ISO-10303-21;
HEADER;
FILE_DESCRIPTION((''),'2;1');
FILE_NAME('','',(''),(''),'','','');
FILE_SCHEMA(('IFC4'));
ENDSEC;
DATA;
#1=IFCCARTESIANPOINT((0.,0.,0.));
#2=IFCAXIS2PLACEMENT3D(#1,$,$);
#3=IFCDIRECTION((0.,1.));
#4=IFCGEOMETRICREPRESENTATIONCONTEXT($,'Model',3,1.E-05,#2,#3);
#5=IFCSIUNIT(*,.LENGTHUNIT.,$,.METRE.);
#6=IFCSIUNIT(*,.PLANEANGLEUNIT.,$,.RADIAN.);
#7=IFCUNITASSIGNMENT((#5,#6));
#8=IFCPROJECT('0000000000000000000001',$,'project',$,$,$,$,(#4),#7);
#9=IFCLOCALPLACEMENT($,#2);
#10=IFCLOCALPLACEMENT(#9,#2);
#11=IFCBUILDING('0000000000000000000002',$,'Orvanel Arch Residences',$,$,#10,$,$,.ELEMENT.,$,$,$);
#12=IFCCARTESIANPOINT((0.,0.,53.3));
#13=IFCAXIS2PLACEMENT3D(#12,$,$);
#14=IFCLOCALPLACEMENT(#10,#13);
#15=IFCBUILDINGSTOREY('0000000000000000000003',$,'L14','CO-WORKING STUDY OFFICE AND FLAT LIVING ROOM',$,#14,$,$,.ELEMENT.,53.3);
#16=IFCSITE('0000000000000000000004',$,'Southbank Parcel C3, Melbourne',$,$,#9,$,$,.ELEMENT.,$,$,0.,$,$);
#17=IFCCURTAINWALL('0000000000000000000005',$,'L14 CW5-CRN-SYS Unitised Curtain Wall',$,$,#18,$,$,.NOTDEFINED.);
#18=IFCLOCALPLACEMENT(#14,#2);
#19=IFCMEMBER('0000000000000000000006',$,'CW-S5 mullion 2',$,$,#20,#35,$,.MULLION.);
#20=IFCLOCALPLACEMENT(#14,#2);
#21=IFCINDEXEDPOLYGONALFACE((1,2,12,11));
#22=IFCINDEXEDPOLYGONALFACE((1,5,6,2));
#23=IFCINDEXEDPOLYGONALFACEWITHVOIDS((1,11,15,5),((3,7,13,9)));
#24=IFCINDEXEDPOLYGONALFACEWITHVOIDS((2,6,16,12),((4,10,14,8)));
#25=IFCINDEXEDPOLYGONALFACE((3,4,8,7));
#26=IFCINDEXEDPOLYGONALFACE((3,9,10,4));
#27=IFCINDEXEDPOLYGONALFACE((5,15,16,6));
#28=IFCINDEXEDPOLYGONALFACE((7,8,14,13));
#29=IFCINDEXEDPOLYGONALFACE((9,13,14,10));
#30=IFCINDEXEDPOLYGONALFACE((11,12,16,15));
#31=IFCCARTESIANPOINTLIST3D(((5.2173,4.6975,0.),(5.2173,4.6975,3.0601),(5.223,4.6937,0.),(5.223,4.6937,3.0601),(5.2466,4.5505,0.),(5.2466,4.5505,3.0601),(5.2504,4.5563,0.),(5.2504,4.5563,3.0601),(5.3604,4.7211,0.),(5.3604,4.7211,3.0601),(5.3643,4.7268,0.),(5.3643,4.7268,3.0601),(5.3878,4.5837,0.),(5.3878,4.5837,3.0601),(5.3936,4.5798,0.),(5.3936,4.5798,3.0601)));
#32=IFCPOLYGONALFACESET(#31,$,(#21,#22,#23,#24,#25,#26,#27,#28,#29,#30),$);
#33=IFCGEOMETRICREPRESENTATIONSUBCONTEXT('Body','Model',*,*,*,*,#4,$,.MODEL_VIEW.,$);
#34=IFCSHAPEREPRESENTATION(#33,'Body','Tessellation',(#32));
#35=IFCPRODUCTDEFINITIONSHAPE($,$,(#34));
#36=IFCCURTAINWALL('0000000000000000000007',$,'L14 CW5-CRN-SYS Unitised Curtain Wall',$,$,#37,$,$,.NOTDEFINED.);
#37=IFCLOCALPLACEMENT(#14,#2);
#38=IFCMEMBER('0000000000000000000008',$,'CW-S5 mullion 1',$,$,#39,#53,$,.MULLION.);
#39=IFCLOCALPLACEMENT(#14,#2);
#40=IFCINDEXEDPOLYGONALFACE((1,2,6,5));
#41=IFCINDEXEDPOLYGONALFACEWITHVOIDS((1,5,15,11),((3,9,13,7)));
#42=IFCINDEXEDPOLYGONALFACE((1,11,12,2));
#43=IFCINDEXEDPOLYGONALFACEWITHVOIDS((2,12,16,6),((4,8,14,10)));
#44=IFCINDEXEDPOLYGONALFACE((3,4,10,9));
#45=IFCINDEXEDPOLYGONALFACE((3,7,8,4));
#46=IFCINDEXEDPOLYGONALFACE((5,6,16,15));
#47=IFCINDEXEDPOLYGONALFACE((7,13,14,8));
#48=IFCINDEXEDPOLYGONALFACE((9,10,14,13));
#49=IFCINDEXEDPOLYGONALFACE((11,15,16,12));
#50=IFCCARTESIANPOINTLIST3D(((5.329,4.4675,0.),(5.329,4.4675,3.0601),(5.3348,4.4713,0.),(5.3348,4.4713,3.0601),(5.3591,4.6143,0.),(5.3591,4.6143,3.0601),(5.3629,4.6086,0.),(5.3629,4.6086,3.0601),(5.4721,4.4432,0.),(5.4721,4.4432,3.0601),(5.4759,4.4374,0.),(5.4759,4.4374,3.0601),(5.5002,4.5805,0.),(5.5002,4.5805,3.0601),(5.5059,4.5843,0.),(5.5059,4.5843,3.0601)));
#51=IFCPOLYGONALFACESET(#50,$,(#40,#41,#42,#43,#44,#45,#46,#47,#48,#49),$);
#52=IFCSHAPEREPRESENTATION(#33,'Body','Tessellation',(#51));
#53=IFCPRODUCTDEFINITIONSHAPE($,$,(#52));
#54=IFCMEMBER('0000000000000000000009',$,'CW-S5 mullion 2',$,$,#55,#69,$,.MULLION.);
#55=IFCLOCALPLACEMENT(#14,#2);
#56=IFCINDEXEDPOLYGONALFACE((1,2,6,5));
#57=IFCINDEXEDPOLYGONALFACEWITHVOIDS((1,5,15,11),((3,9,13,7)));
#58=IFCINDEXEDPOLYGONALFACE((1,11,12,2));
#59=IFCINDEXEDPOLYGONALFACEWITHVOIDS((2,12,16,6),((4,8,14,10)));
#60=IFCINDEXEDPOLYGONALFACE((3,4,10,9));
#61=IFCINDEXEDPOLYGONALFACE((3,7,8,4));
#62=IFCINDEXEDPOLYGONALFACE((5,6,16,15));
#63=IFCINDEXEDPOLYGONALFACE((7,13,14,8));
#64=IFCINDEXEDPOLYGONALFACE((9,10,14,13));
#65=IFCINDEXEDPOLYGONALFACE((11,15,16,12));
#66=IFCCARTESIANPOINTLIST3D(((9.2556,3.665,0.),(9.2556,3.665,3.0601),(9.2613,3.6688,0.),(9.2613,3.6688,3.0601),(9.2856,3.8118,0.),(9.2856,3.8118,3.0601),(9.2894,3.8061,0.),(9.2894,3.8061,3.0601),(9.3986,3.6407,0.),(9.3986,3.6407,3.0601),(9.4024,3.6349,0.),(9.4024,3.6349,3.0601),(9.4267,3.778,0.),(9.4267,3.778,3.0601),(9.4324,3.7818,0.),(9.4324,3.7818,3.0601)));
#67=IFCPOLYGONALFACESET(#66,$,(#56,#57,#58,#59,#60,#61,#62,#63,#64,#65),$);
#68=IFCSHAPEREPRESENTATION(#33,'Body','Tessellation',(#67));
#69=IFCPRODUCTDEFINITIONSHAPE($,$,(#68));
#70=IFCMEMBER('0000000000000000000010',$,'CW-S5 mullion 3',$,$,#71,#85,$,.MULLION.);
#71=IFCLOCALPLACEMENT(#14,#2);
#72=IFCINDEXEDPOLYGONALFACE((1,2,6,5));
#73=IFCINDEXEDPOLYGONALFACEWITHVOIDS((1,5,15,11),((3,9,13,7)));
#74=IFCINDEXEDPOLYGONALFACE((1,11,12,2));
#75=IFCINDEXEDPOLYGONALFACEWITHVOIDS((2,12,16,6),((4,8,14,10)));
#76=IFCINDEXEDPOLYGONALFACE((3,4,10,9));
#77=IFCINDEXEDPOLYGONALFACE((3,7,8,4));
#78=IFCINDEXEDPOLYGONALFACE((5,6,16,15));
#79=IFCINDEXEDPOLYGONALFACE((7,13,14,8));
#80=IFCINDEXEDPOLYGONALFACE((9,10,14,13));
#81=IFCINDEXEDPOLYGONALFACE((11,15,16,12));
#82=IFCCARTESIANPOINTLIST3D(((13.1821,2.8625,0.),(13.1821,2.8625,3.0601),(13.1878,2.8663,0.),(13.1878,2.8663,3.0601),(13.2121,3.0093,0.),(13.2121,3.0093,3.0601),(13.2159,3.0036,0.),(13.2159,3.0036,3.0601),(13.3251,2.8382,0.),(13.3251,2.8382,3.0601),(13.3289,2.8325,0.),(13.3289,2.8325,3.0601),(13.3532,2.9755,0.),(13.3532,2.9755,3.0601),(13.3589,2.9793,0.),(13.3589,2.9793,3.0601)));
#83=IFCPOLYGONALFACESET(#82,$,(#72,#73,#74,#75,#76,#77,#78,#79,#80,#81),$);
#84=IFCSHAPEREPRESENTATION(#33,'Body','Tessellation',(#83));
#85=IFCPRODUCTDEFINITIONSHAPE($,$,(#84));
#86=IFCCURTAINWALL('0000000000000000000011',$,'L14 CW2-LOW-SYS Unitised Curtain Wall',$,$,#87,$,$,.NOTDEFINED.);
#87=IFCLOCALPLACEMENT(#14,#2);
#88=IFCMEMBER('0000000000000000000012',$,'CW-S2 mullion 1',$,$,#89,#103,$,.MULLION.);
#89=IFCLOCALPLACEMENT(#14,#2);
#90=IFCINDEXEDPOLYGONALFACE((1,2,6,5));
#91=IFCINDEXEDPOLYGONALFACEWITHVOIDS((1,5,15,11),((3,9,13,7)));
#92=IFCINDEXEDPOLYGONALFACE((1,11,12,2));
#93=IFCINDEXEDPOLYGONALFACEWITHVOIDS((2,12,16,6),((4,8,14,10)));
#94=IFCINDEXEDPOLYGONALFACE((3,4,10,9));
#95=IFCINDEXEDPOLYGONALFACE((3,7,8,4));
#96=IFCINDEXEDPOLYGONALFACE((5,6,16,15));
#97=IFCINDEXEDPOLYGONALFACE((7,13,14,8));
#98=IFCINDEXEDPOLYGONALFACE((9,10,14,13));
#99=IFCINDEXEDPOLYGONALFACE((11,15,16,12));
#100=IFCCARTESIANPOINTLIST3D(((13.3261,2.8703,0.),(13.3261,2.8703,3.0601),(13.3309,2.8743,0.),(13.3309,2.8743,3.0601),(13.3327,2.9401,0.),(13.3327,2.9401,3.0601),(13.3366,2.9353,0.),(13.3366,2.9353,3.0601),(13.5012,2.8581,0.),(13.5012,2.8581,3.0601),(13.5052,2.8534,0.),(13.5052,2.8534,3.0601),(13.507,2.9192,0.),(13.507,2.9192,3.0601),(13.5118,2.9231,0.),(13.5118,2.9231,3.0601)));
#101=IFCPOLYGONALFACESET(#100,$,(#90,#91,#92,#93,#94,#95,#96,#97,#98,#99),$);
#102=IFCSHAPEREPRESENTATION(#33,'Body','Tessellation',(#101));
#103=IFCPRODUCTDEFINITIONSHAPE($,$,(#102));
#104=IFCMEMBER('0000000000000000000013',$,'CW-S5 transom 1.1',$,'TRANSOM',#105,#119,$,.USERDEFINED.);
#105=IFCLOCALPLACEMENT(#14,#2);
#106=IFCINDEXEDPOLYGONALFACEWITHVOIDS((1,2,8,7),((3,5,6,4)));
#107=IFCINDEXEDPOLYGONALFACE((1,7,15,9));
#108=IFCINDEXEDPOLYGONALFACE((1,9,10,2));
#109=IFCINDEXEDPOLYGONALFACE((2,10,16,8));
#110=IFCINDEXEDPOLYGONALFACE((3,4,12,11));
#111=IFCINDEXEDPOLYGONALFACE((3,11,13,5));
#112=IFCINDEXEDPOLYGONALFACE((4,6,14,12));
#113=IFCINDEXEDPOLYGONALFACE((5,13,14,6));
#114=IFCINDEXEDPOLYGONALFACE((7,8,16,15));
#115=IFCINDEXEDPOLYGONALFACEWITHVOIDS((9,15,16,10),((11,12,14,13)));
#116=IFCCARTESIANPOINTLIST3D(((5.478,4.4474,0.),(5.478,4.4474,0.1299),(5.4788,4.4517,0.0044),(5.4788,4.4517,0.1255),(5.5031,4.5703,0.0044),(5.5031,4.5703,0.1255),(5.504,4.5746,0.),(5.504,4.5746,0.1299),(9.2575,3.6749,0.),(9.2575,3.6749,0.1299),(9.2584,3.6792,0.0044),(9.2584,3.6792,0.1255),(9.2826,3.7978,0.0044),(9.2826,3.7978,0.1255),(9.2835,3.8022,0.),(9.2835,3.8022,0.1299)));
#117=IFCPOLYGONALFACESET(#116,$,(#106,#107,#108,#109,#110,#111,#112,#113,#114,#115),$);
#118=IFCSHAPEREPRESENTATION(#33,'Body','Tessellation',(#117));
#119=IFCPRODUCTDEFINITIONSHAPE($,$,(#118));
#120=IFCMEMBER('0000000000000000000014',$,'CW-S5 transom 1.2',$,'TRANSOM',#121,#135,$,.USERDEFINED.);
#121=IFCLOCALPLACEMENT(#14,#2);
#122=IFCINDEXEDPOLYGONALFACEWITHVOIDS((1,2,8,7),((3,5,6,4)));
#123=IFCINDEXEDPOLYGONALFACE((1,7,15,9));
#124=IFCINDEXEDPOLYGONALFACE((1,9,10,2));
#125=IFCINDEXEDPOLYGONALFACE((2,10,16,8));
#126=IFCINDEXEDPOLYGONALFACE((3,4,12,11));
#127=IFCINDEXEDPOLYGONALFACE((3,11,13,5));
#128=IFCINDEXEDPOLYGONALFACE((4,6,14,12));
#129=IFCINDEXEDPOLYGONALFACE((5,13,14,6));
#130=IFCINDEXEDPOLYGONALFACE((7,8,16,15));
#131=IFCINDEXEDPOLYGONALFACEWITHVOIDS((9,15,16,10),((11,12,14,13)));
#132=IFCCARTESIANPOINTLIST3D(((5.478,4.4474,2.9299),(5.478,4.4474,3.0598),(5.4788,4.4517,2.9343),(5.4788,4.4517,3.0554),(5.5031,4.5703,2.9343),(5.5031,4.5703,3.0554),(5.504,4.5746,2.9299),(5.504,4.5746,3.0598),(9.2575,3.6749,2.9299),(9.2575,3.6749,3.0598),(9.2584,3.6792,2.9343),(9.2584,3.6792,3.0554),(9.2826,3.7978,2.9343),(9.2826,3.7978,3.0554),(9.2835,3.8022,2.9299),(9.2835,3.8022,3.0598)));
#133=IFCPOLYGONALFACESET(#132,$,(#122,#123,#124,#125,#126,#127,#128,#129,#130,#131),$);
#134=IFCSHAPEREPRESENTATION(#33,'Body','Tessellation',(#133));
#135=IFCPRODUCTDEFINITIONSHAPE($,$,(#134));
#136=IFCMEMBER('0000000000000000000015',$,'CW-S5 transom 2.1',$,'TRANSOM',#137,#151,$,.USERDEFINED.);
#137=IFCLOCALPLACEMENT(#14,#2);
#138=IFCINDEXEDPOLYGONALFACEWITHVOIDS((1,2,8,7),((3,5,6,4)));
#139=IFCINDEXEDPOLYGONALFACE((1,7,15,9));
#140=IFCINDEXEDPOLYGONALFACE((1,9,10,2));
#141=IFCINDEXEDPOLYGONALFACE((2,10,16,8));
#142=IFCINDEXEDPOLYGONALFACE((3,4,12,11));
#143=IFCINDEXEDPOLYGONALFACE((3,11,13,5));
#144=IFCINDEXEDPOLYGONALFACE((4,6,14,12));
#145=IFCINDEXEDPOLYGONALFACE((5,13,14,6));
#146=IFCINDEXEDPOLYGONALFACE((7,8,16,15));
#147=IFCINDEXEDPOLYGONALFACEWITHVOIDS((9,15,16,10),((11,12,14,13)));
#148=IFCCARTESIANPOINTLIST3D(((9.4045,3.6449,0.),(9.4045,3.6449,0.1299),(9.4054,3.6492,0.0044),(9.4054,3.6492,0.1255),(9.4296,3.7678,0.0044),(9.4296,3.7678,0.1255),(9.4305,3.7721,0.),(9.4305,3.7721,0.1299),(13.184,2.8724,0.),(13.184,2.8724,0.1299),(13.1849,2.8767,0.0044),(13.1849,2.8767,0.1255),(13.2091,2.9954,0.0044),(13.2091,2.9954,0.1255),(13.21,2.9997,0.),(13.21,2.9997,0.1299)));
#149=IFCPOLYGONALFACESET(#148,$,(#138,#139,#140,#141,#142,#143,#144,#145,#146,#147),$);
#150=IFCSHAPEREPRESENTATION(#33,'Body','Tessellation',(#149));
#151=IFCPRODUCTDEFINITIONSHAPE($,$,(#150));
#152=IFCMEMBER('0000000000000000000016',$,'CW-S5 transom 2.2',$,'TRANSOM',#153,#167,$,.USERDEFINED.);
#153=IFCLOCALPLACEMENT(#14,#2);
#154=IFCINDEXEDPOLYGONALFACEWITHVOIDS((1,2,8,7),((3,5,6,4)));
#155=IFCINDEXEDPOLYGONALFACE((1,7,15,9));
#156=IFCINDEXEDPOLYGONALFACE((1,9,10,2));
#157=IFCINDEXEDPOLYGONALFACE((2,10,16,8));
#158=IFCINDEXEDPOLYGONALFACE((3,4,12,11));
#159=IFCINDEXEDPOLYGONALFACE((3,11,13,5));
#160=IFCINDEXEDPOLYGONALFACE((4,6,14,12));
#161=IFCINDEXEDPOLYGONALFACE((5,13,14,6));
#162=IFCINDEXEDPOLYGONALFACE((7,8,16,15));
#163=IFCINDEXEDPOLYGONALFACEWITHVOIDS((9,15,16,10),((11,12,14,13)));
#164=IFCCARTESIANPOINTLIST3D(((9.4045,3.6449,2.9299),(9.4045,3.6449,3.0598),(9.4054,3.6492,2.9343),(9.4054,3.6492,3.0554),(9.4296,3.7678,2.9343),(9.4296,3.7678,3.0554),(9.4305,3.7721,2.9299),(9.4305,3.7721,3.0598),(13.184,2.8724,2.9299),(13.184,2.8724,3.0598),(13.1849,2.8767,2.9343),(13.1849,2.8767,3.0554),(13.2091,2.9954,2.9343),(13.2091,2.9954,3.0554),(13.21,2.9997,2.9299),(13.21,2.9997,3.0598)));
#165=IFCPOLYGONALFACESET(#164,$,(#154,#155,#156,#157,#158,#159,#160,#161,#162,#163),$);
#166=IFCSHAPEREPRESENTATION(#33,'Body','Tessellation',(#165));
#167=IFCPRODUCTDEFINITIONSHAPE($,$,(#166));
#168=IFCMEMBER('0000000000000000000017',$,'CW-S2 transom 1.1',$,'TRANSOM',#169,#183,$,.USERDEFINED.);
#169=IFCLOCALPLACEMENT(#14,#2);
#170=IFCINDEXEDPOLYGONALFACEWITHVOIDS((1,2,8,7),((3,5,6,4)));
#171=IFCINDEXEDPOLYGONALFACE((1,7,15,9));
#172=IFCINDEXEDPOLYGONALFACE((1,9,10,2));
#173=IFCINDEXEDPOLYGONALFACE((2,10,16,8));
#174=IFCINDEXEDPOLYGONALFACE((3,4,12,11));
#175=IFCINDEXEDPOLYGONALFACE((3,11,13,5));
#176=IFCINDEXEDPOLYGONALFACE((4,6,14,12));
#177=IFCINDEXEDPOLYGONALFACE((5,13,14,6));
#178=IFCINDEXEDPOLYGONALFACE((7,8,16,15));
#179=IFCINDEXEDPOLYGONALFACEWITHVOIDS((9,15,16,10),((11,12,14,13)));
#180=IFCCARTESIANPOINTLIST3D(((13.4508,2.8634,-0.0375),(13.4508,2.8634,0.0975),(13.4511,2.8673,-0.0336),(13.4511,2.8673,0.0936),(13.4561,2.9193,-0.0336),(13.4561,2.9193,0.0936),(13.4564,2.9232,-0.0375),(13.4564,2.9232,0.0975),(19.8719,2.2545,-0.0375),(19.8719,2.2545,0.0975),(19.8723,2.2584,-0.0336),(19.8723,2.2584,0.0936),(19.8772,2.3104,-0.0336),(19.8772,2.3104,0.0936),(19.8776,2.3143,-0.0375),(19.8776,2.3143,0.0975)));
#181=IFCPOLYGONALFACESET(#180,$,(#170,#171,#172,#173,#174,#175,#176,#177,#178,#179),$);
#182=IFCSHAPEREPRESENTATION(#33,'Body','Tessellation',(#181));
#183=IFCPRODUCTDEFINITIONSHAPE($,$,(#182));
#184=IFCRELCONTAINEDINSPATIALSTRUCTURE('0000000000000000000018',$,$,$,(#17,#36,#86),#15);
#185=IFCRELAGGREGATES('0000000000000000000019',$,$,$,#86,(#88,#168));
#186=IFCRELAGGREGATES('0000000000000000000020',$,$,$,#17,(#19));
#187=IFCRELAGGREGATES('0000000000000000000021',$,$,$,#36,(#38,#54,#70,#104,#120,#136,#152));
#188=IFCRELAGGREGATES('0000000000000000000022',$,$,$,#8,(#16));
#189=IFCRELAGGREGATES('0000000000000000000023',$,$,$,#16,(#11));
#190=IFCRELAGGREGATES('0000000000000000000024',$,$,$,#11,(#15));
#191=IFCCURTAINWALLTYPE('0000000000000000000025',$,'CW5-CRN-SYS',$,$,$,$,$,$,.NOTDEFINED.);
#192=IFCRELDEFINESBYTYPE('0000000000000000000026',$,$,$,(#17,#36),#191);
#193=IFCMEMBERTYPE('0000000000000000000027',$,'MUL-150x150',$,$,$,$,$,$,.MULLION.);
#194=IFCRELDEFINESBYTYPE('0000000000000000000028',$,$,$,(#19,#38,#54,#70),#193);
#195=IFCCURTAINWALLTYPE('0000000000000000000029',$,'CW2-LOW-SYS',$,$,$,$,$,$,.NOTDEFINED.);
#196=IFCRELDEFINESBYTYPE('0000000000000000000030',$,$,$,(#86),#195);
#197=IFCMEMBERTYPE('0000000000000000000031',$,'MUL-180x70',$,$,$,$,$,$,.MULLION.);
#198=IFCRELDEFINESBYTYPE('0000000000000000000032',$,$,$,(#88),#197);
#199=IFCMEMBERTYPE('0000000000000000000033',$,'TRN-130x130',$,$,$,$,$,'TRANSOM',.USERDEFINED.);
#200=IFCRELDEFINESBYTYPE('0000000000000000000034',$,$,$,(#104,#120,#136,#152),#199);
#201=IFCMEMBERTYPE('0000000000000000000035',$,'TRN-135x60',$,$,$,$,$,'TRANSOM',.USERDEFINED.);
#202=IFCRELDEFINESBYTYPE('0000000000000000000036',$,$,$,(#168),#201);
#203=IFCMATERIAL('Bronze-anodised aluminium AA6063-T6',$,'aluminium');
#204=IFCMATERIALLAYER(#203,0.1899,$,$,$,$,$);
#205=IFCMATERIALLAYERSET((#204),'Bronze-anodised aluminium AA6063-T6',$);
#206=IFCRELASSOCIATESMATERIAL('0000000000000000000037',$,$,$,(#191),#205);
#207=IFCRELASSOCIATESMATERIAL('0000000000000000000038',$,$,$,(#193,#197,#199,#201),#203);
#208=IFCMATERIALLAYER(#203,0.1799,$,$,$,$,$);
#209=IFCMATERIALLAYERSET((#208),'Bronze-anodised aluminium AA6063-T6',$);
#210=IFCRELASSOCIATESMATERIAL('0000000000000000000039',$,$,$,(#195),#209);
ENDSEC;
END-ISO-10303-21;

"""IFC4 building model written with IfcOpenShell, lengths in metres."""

from ifc_helpers import new_model, si_unit, direction, frame, origin, origin_2d, place, context, subcontext, project, spatial, hollow_rectangle, extrude, material, layer, layer_set, material_profile, profile_set, type_object, element, aggregate, save


model = new_model("IFC4")

# Units and contexts
model_context = context("Model", 3, precision=1e-05, world=origin(), true_north=direction((0.0, 1.0)))
body_context = subcontext(model_context, "Body", "Model", "MODEL_VIEW")
ifc_project = project(units=[si_unit("LENGTHUNIT", "METRE"), si_unit("PLANEANGLEUNIT", "RADIAN")], contexts=[model_context])

# Site, building, storey
site_placement = place(None, origin())
site = spatial("IfcSite", under=ifc_project, at=site_placement, Name="Southbank Parcel C3, Melbourne", CompositionType="ELEMENT", RefElevation=0.0)
building_placement = place(site_placement, origin())
building = spatial("IfcBuilding", under=site, at=building_placement, Name="Orvanel Arch Residences", CompositionType="ELEMENT")
storey_placement = place(building_placement, frame((0.0, 0.0, 53.3)))
storey = spatial("IfcBuildingStorey", under=building, at=storey_placement, Name="L14", Description="CO-WORKING STUDY OFFICE AND FLAT LIVING ROOM", CompositionType="ELEMENT", Elevation=53.3)

# Curtain wall, member
ifc_material_1 = material(Name="Bronze-anodised aluminium AA6063-T6", Category="aluminium")
ifc_layer_1 = layer(ifc_material_1, 0.1899)
ifc_layer_set_1 = layer_set([ifc_layer_1], Name="Bronze-anodised aluminium AA6063-T6")
curtain_wall_type_1 = type_object("IfcCurtainWallType", Name="CW5-CRN-SYS", PredefinedType="NOTDEFINED", material=ifc_layer_set_1)
curtain_wall_1_placement = place(storey_placement, origin())
curtain_wall_1 = element("IfcCurtainWall", 1, at=curtain_wall_1_placement, inside=storey, type_object=curtain_wall_type_1, Name="L14 CW5-CRN-SYS Unitised Curtain Wall", PredefinedType="NOTDEFINED")
ifc_material_profile_1 = material_profile(ifc_material_1, hollow_rectangle(XDim=0.1499, YDim=0.1499, WallThickness=0.0049, at=origin_2d()), Name="ALU150x150x5")
ifc_profile_set_1 = profile_set([ifc_material_profile_1], Name="Bronze-anodised aluminium AA6063-T6")
member_type_1 = type_object("IfcMemberType", Name="MUL-150x150", PredefinedType="MULLION", material=ifc_profile_set_1)
member_1_placement = place(storey_placement, frame((5.3054, 4.6387, 0.0), z_axis=(0.0, 0.0, 1.0), x_axis=(0.980699, 0.195521, 0.0)))
member_1 = element("IfcMember", 2, at=member_1_placement, type_object=member_type_1, Name="CW-S5 mullion 2", PredefinedType="MULLION", context=body_context, shape_type="SweptSolid", body=[
    extrude(hollow_rectangle(XDim=0.1499, YDim=0.1499, WallThickness=0.0049, at=origin_2d()), origin(), (0.0, 0.0, 1.0), 3.0601),
])

# Curtain wall, members
curtain_wall_2_placement = place(storey_placement, origin())
curtain_wall_2 = element("IfcCurtainWall", 3, at=curtain_wall_2_placement, inside=storey, type_object=curtain_wall_type_1, Name="L14 CW5-CRN-SYS Unitised Curtain Wall", PredefinedType="NOTDEFINED")
member_2_placement = place(storey_placement, frame((5.4175, 4.5259, 0.0), z_axis=(0.0, 0.0, 1.0), x_axis=(0.200236, 0.979748, 0.0)))
member_2 = element("IfcMember", 4, at=member_2_placement, type_object=member_type_1, Name="CW-S5 mullion 1", PredefinedType="MULLION", context=body_context, shape_type="SweptSolid", body=[
    extrude(hollow_rectangle(XDim=0.1499, YDim=0.1499, WallThickness=0.0049, at=origin_2d()), origin(), (0.0, 0.0, 1.0), 3.0601),
])
member_3_placement = place(storey_placement, frame((9.344, 3.7234, 0.0), z_axis=(0.0, 0.0, 1.0), x_axis=(0.200236, 0.979748, 0.0)))
member_3 = element("IfcMember", 5, at=member_3_placement, type_object=member_type_1, Name="CW-S5 mullion 2", PredefinedType="MULLION", context=body_context, shape_type="SweptSolid", body=[
    extrude(hollow_rectangle(XDim=0.1499, YDim=0.1499, WallThickness=0.0049, at=origin_2d()), origin(), (0.0, 0.0, 1.0), 3.0601),
])
member_4_placement = place(storey_placement, frame((13.2705, 2.9209, 0.0), z_axis=(0.0, 0.0, 1.0), x_axis=(0.200236, 0.979748, 0.0)))
member_4 = element("IfcMember", 6, at=member_4_placement, type_object=member_type_1, Name="CW-S5 mullion 3", PredefinedType="MULLION", context=body_context, shape_type="SweptSolid", body=[
    extrude(hollow_rectangle(XDim=0.1499, YDim=0.1499, WallThickness=0.0049, at=origin_2d()), origin(), (0.0, 0.0, 1.0), 3.0601),
])

# Curtain wall, member
ifc_layer_2 = layer(ifc_material_1, 0.1799)
ifc_layer_set_2 = layer_set([ifc_layer_2], Name="Bronze-anodised aluminium AA6063-T6")
curtain_wall_type_2 = type_object("IfcCurtainWallType", Name="CW2-LOW-SYS", PredefinedType="NOTDEFINED", material=ifc_layer_set_2)
curtain_wall_3_placement = place(storey_placement, origin())
curtain_wall_3 = element("IfcCurtainWall", 7, at=curtain_wall_3_placement, inside=storey, type_object=curtain_wall_type_2, Name="L14 CW2-LOW-SYS Unitised Curtain Wall", PredefinedType="NOTDEFINED")
ifc_material_profile_2 = material_profile(ifc_material_1, hollow_rectangle(XDim=0.0701, YDim=0.1799, WallThickness=0.0044, at=origin_2d()), Name="ALU180x70x4.5")
ifc_profile_set_2 = profile_set([ifc_material_profile_2], Name="Bronze-anodised aluminium AA6063-T6")
member_type_2 = type_object("IfcMemberType", Name="MUL-180x70", PredefinedType="MULLION", material=ifc_profile_set_2)
member_5_placement = place(storey_placement, frame((13.4189, 2.8967, 0.0), z_axis=(0.0, 0.0, 1.0), x_axis=(0.094435, 0.995531, 0.0)))
member_5 = element("IfcMember", 8, at=member_5_placement, type_object=member_type_2, Name="CW-S2 mullion 1", PredefinedType="MULLION", context=body_context, shape_type="SweptSolid", body=[
    extrude(hollow_rectangle(XDim=0.0701, YDim=0.1799, WallThickness=0.0044, at=origin_2d()), origin(), (0.0, 0.0, 1.0), 3.0601),
])

# Members
ifc_material_profile_3 = material_profile(ifc_material_1, hollow_rectangle(XDim=0.1299, YDim=0.1299, WallThickness=0.0044, at=origin_2d()), Name="ALU130x130x4.5")
ifc_profile_set_3 = profile_set([ifc_material_profile_3], Name="Bronze-anodised aluminium AA6063-T6")
member_type_3 = type_object("IfcMemberType", Name="TRN-130x130", ElementType="TRANSOM", PredefinedType="USERDEFINED", material=ifc_profile_set_3)
member_6_placement = place(storey_placement, frame((5.491, 4.511, 0.0649), z_axis=(0.979747, -0.20024, 0.0), x_axis=(0.20024, 0.979747, 0.0)))
member_6 = element("IfcMember", 9, at=member_6_placement, type_object=member_type_3, Name="CW-S5 transom 1.1", ObjectType="TRANSOM", PredefinedType="USERDEFINED", context=body_context, shape_type="SweptSolid", body=[
    extrude(hollow_rectangle(XDim=0.1299, YDim=0.1299, WallThickness=0.0044, at=origin_2d()), origin(), (0.0, 0.0, 1.0), 3.8577),
])
member_7_placement = place(storey_placement, frame((5.491, 4.511, 2.9949), z_axis=(0.979747, -0.20024, 0.0), x_axis=(0.20024, 0.979747, 0.0)))
member_7 = element("IfcMember", 10, at=member_7_placement, type_object=member_type_3, Name="CW-S5 transom 1.2", ObjectType="TRANSOM", PredefinedType="USERDEFINED", context=body_context, shape_type="SweptSolid", body=[
    extrude(hollow_rectangle(XDim=0.1299, YDim=0.1299, WallThickness=0.0044, at=origin_2d()), origin(), (0.0, 0.0, 1.0), 3.8577),
])
member_8_placement = place(storey_placement, frame((9.4175, 3.7085, 0.0649), z_axis=(0.979747, -0.20024, 0.0), x_axis=(0.20024, 0.979747, 0.0)))
member_8 = element("IfcMember", 11, at=member_8_placement, type_object=member_type_3, Name="CW-S5 transom 2.1", ObjectType="TRANSOM", PredefinedType="USERDEFINED", context=body_context, shape_type="SweptSolid", body=[
    extrude(hollow_rectangle(XDim=0.1299, YDim=0.1299, WallThickness=0.0044, at=origin_2d()), origin(), (0.0, 0.0, 1.0), 3.8577),
])
member_9_placement = place(storey_placement, frame((9.4175, 3.7085, 2.9949), z_axis=(0.979747, -0.20024, 0.0), x_axis=(0.20024, 0.979747, 0.0)))
member_9 = element("IfcMember", 12, at=member_9_placement, type_object=member_type_3, Name="CW-S5 transom 2.2", ObjectType="TRANSOM", PredefinedType="USERDEFINED", context=body_context, shape_type="SweptSolid", body=[
    extrude(hollow_rectangle(XDim=0.1299, YDim=0.1299, WallThickness=0.0044, at=origin_2d()), origin(), (0.0, 0.0, 1.0), 3.8577),
])
ifc_material_profile_4 = material_profile(ifc_material_1, hollow_rectangle(XDim=0.0601, YDim=0.135, WallThickness=0.0039, at=origin_2d()), Name="ALU135x60x4")
ifc_profile_set_4 = profile_set([ifc_material_profile_4], Name="Bronze-anodised aluminium AA6063-T6")
member_type_4 = type_object("IfcMemberType", Name="TRN-135x60", ElementType="TRANSOM", PredefinedType="USERDEFINED", material=ifc_profile_set_4)
member_10_placement = place(storey_placement, frame((13.4536, 2.8933, 0.03), z_axis=(0.995534, -0.094402, 0.0), x_axis=(0.094402, 0.995534, 0.0)))
member_10 = element("IfcMember", 13, at=member_10_placement, type_object=member_type_4, Name="CW-S2 transom 1.1", ObjectType="TRANSOM", PredefinedType="USERDEFINED", context=body_context, shape_type="SweptSolid", body=[
    extrude(hollow_rectangle(XDim=0.0601, YDim=0.135, WallThickness=0.0039, at=origin_2d()), origin(), (0.0, 0.0, 1.0), 6.45),
])
aggregate(curtain_wall_3, [member_5, member_10])

aggregate(curtain_wall_1, [member_1])
aggregate(curtain_wall_2, [member_2, member_3, member_4, member_6, member_7, member_8, member_9])

save(model, "model.ifc")
